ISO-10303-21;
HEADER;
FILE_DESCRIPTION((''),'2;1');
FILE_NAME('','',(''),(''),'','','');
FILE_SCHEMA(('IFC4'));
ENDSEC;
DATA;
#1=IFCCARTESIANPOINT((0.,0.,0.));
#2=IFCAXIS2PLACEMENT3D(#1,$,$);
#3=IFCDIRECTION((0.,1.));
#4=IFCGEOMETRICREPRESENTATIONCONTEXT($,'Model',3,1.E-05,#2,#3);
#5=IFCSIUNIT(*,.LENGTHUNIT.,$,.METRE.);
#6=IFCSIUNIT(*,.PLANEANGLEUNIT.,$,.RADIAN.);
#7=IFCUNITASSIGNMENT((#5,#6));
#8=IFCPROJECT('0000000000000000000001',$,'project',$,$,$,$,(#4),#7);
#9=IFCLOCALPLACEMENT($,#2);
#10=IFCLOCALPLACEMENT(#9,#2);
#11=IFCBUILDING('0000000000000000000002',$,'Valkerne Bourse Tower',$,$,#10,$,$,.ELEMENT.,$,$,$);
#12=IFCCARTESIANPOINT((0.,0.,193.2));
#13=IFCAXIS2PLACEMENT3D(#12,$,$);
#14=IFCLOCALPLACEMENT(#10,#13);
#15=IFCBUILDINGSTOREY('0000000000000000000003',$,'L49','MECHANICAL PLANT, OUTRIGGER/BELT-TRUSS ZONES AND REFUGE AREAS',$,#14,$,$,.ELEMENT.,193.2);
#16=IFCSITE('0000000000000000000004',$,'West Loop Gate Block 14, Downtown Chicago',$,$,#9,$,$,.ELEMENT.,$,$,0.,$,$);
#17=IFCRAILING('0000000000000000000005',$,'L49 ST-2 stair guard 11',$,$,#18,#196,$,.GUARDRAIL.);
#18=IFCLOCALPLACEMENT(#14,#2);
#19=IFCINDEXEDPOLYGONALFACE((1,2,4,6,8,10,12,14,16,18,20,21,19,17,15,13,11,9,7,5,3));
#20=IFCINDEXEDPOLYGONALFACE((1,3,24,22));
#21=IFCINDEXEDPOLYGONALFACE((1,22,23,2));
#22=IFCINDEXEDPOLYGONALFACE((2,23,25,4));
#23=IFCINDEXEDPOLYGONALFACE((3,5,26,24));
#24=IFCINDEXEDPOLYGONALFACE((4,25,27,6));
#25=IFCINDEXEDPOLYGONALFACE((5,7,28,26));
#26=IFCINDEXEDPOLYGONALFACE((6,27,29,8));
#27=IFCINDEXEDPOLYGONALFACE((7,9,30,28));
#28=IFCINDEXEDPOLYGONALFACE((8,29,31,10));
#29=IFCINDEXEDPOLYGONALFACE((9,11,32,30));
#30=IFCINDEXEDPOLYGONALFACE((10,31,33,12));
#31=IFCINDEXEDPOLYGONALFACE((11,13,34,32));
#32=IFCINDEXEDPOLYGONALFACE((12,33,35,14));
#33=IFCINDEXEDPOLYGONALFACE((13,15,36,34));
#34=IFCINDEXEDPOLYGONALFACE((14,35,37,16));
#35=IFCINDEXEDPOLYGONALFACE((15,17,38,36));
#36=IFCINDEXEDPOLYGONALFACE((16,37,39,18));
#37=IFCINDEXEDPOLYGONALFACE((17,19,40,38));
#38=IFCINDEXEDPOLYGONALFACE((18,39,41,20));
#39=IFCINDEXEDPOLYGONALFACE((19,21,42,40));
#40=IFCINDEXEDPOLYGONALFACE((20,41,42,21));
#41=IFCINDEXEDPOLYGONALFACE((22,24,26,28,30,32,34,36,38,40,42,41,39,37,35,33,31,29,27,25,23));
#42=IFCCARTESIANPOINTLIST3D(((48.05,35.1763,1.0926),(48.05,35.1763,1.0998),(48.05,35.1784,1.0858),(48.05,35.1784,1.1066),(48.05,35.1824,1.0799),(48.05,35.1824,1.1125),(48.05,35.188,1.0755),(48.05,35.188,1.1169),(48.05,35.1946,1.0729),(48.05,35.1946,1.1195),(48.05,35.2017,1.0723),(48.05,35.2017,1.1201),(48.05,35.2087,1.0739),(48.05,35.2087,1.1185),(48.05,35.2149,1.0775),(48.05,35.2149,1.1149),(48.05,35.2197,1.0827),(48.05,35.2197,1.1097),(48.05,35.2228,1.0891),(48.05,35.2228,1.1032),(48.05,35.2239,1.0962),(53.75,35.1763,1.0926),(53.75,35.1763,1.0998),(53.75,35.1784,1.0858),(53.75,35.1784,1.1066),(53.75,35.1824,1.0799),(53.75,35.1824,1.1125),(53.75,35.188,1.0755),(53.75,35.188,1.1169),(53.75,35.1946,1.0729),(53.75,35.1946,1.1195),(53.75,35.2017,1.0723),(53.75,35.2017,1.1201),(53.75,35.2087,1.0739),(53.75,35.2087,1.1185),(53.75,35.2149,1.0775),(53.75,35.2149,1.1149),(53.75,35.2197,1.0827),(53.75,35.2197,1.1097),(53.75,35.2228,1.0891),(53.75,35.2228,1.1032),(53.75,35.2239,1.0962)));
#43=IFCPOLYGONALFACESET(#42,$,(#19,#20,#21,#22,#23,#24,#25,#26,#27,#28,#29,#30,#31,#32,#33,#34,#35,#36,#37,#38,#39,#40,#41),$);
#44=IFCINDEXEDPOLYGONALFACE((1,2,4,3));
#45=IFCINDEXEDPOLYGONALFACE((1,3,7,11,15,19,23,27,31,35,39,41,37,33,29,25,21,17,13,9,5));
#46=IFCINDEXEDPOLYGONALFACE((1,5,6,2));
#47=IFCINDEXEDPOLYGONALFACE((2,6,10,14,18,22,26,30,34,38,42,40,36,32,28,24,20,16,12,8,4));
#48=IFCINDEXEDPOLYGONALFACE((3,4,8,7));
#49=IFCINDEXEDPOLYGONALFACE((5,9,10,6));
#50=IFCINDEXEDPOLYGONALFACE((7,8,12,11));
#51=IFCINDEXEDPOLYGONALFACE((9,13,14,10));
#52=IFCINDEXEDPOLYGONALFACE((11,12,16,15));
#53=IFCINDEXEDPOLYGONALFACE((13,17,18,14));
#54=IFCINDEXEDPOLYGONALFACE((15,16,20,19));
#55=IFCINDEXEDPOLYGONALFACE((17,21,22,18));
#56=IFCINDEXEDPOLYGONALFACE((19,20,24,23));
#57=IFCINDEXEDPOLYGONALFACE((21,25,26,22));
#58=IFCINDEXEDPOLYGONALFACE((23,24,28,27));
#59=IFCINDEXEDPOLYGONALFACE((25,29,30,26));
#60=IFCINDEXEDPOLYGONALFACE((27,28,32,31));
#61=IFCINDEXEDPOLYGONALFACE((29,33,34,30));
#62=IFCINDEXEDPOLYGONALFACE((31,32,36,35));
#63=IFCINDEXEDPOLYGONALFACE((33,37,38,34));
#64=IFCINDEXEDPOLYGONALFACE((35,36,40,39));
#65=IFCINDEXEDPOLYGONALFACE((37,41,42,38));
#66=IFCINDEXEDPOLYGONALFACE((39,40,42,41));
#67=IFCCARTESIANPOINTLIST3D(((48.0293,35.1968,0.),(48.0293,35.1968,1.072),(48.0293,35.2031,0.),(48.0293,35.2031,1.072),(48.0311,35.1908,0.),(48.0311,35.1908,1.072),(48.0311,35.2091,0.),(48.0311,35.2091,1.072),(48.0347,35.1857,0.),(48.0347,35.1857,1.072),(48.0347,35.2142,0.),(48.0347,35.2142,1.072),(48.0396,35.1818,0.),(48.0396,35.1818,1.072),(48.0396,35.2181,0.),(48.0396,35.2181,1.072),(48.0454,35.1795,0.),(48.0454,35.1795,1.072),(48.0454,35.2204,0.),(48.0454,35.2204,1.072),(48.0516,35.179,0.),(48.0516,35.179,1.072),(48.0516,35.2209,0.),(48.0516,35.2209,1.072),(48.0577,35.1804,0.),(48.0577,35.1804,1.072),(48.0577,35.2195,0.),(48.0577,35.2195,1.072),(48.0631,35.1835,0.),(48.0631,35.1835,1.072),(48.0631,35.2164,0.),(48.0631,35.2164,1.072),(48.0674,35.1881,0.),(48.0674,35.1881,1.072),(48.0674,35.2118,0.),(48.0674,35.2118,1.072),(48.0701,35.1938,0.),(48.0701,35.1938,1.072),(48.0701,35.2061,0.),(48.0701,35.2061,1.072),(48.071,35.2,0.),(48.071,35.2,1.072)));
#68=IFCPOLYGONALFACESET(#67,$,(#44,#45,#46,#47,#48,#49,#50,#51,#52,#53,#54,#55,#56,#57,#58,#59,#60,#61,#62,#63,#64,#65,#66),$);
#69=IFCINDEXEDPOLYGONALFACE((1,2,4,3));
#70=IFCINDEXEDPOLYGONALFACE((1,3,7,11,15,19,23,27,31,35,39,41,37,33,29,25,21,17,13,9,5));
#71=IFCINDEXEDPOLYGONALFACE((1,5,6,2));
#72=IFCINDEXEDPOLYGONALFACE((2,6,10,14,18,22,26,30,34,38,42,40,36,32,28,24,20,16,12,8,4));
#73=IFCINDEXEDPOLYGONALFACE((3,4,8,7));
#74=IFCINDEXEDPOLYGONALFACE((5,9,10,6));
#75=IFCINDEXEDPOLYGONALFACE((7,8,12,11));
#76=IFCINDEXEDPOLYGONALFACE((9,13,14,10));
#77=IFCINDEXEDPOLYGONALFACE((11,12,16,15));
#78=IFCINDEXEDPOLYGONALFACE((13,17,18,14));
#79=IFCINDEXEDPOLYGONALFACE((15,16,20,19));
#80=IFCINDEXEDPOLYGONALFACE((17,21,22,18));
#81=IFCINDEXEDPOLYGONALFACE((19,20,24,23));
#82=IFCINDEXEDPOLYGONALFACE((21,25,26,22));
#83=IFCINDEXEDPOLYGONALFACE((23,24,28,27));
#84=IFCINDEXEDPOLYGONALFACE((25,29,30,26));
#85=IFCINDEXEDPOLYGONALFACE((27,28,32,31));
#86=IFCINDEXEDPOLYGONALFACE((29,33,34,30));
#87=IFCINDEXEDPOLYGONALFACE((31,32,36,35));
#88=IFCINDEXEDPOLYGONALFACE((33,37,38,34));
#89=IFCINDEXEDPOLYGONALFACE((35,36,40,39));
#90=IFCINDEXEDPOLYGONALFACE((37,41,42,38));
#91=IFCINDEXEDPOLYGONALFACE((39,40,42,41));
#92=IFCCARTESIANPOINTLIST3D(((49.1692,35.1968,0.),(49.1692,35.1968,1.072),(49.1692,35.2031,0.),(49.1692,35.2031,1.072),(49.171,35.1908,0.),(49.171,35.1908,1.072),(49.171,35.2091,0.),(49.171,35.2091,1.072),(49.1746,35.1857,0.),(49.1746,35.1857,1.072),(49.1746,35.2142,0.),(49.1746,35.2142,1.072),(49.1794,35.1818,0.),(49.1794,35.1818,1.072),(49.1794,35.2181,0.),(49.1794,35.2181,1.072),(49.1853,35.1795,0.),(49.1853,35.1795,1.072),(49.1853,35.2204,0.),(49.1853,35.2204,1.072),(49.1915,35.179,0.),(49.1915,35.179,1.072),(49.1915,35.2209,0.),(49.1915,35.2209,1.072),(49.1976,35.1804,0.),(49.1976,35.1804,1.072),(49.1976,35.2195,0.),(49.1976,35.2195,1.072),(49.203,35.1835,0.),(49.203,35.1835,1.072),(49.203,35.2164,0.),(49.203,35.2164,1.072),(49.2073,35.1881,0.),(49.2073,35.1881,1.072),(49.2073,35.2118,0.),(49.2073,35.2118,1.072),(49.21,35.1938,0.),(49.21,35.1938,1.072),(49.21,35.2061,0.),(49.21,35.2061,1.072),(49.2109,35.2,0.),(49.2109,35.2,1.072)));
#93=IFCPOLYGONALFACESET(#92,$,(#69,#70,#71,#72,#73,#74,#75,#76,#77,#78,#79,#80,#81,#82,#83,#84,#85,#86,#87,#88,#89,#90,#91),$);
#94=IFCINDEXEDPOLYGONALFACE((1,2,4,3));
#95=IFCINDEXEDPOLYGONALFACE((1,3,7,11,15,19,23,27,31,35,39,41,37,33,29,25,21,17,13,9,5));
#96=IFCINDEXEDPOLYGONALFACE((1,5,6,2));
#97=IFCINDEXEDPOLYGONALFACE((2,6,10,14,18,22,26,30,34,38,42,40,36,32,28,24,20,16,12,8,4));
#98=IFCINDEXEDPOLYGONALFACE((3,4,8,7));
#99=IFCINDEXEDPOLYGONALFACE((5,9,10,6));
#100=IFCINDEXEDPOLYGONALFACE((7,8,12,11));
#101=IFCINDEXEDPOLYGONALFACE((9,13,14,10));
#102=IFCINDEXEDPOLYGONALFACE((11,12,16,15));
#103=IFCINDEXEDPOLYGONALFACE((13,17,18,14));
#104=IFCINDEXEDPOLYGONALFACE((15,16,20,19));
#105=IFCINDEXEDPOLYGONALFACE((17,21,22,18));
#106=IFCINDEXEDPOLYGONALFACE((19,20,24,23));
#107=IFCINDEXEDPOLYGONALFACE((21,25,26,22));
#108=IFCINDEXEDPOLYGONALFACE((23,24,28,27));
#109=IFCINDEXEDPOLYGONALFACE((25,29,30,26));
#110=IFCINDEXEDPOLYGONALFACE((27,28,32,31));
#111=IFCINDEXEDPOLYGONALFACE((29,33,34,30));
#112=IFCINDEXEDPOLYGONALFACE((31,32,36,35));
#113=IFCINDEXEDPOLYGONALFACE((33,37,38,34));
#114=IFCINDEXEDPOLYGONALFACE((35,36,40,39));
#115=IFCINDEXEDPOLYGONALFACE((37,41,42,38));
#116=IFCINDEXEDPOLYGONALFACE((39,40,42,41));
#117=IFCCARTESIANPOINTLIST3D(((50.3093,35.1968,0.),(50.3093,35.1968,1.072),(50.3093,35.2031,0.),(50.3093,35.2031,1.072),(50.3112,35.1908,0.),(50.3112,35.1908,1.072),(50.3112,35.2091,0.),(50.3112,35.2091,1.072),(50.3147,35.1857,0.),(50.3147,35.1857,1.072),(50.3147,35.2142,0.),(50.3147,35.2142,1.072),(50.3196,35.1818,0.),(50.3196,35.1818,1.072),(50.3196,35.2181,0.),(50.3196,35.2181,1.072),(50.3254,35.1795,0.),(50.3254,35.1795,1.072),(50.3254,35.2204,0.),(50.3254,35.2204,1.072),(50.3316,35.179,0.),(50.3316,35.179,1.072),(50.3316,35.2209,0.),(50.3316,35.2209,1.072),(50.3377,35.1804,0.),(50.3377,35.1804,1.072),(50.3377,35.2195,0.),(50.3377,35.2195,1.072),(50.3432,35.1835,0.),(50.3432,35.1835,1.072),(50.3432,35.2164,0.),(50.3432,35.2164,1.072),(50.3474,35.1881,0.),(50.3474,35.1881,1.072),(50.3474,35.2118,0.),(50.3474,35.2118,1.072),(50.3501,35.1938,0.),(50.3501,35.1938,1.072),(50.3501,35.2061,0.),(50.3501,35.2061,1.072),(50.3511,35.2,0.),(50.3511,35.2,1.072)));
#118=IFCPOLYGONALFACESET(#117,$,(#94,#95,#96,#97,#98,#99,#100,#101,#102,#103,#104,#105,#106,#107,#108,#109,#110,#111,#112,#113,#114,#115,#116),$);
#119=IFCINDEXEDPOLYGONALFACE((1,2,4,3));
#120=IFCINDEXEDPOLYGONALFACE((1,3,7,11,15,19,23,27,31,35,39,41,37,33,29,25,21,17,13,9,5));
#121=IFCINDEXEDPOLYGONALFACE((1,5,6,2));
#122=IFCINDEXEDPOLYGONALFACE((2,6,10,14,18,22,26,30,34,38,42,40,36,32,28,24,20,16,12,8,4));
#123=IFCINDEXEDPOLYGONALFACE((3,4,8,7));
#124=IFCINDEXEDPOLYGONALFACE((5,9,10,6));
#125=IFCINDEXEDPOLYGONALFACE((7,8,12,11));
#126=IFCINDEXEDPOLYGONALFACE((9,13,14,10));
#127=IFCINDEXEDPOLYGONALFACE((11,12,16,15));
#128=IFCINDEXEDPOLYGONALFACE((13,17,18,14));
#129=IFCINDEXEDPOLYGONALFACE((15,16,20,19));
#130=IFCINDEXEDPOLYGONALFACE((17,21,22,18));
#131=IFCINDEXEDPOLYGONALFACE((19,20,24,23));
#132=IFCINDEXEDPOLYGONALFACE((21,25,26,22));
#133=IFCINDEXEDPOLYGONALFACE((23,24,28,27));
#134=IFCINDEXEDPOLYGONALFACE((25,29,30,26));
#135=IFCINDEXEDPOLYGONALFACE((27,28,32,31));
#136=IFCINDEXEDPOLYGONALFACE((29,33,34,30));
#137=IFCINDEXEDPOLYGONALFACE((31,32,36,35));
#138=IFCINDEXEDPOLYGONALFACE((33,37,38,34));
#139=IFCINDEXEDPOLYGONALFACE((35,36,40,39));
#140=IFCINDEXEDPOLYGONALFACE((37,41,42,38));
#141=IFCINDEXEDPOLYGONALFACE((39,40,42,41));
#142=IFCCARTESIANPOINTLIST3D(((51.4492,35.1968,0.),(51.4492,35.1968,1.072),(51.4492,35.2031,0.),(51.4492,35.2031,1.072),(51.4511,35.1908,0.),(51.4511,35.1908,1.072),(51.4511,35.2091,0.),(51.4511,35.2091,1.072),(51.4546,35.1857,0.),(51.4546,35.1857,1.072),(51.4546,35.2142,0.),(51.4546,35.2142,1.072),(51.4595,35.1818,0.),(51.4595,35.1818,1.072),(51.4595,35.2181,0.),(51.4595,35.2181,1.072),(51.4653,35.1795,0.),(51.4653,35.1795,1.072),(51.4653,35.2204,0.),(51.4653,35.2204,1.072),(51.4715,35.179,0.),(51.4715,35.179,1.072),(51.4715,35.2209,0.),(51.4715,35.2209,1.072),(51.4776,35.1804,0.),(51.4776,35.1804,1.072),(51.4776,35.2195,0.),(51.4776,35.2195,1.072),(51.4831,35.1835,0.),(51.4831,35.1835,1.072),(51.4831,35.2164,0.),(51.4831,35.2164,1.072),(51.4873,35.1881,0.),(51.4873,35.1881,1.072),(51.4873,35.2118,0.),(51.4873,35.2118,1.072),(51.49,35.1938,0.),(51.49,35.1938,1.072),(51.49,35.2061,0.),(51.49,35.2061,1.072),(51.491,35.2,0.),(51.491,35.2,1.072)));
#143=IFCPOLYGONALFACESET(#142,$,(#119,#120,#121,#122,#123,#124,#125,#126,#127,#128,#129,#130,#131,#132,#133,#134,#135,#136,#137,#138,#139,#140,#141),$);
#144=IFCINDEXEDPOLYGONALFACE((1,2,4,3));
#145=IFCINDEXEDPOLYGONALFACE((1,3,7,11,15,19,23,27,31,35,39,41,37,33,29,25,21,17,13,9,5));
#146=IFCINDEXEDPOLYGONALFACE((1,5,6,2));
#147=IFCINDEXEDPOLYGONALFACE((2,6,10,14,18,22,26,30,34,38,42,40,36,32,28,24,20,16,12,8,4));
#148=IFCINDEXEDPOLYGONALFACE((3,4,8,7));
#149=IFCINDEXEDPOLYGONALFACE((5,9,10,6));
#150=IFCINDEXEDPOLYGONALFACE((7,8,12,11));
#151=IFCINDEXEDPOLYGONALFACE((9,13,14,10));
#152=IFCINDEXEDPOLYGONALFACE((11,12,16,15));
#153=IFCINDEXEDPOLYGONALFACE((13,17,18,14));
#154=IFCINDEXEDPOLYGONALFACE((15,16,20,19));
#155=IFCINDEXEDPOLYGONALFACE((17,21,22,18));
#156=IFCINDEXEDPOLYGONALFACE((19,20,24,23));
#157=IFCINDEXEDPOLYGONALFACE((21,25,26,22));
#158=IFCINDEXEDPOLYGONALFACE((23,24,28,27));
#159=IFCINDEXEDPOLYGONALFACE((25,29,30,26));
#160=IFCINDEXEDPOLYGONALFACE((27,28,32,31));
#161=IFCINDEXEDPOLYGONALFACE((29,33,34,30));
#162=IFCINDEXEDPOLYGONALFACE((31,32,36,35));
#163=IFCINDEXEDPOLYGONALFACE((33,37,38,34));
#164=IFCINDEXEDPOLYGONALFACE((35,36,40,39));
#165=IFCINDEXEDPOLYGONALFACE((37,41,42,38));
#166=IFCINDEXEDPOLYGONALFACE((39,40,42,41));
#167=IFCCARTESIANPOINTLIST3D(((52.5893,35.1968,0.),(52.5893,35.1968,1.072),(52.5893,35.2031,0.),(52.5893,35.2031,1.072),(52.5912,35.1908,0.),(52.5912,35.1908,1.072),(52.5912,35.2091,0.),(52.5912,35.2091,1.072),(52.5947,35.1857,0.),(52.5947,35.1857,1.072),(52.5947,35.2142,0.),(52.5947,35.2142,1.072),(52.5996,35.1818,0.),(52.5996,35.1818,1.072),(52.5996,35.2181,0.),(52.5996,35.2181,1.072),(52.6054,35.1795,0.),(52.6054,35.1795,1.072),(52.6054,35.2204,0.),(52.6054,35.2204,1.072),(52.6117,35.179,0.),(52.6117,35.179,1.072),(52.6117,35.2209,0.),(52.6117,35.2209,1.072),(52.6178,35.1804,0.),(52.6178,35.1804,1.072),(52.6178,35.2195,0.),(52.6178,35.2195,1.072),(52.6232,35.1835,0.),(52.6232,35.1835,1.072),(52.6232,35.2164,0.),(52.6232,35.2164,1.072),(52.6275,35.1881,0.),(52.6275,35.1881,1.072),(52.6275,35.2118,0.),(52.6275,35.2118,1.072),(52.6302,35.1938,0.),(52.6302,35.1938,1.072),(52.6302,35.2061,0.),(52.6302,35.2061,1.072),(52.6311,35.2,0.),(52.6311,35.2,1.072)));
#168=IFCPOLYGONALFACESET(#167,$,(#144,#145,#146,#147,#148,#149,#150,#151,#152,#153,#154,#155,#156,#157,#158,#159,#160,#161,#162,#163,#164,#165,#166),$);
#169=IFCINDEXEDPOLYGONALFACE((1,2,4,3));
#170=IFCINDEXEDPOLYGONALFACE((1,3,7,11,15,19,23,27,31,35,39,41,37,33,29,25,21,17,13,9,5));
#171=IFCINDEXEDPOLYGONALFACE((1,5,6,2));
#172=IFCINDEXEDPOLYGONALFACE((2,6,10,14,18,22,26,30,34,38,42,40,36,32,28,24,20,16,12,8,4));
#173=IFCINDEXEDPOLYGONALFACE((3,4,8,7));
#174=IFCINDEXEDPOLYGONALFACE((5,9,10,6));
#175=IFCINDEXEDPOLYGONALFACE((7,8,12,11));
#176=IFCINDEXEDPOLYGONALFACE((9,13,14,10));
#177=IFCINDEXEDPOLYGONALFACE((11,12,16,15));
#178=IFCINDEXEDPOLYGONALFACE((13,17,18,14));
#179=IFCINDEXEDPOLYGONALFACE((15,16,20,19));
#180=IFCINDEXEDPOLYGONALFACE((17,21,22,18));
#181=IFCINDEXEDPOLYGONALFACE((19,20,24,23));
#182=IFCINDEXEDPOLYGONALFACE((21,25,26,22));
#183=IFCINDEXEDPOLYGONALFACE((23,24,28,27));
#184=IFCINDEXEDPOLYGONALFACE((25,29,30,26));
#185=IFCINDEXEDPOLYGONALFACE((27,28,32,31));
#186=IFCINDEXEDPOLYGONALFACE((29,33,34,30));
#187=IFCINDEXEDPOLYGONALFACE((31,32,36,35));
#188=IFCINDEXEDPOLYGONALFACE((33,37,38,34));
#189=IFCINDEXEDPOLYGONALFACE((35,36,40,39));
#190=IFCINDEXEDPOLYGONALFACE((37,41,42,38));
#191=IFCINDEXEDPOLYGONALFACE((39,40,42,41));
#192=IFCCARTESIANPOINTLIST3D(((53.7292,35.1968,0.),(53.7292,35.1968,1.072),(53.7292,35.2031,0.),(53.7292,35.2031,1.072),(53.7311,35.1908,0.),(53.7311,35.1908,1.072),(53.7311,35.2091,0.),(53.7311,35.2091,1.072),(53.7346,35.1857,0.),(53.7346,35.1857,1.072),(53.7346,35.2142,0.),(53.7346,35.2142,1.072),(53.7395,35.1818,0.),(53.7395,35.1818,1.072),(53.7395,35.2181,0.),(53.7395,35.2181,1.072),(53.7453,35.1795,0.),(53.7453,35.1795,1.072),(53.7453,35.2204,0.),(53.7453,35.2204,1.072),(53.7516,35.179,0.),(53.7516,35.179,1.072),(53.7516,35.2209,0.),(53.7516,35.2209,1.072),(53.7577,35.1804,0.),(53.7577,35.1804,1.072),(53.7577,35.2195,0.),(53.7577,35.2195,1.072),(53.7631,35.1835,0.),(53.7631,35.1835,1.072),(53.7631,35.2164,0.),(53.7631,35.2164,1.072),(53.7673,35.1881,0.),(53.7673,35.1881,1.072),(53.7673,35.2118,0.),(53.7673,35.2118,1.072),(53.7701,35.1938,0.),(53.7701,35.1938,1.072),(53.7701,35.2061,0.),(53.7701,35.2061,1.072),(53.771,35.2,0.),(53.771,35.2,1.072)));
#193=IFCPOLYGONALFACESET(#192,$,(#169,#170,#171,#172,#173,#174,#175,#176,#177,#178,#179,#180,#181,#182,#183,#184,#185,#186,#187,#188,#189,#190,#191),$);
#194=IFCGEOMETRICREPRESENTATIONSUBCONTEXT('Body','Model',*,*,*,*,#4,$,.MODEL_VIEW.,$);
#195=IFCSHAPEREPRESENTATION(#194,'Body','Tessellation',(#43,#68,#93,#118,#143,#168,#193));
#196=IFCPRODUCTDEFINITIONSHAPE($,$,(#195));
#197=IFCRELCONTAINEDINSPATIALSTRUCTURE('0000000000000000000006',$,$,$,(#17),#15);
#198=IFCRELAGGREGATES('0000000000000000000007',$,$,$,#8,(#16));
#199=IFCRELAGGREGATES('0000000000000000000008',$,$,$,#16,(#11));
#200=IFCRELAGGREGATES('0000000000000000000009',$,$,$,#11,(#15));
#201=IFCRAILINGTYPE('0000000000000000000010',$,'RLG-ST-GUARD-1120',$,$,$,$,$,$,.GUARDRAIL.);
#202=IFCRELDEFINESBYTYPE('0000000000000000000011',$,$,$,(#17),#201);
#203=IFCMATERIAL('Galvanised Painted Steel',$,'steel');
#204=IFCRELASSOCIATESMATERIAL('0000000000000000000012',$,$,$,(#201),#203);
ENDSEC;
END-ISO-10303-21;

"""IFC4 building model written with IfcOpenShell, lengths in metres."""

from ifc_helpers import new_model, si_unit, direction, frame, origin, origin_2d, place, context, subcontext, project, spatial, circle, extrude, material, type_object, element, save


model = new_model("IFC4")

# Units and contexts
model_context = context("Model", 3, precision=1e-05, world=origin(), true_north=direction((0.0, 1.0)))
body_context = subcontext(model_context, "Body", "Model", "MODEL_VIEW")
ifc_project = project(units=[si_unit("LENGTHUNIT", "METRE"), si_unit("PLANEANGLEUNIT", "RADIAN")], contexts=[model_context])

# Site, building, storey
site_placement = place(None, origin())
site = spatial("IfcSite", under=ifc_project, at=site_placement, Name="West Loop Gate Block 14, Downtown Chicago", CompositionType="ELEMENT", RefElevation=0.0)
building_placement = place(site_placement, origin())
building = spatial("IfcBuilding", under=site, at=building_placement, Name="Valkerne Bourse Tower", CompositionType="ELEMENT")
storey_placement = place(building_placement, frame((0.0, 0.0, 193.2)))
storey = spatial("IfcBuildingStorey", under=building, at=storey_placement, Name="L49", Description="MECHANICAL PLANT, OUTRIGGER/BELT-TRUSS ZONES AND REFUGE AREAS", CompositionType="ELEMENT", Elevation=193.2)

# Shared definitions
ifc_material_1 = material(Name="Galvanised Painted Steel", Category="steel")

# Railing
railing_type_1 = type_object("IfcRailingType", Name="RLG-ST-GUARD-1120", PredefinedType="GUARDRAIL", material=ifc_material_1)
for number, where, name in (
    (1, (48.05, 35.2, 0.0), "L49 ST-2 stair guard 11"),
):
    element("IfcRailing", number, at=place(storey_placement, frame(where)), inside=storey, type_object=railing_type_1, Name=name, PredefinedType="GUARDRAIL", context=body_context, shape_type="SweptSolid", body=[
        extrude(circle(Radius=0.0239, at=origin_2d()), frame((0.0, 0.0, 1.0962), z_axis=(1.0, 0.0, 0.0), x_axis=(0.0, 1.0, 0.0)), (0.0, 0.0, 1.0), 5.7),
        extrude(circle(Radius=0.021, at=origin_2d()), origin(), (0.0, 0.0, 1.0), 1.072),
        extrude(circle(Radius=0.021, at=origin_2d()), frame((1.1399, 0.0, 0.0)), (0.0, 0.0, 1.0), 1.072),
        extrude(circle(Radius=0.021, at=origin_2d()), frame((2.28, 0.0, 0.0)), (0.0, 0.0, 1.0), 1.072),
        extrude(circle(Radius=0.021, at=origin_2d()), frame((3.4199, 0.0, 0.0)), (0.0, 0.0, 1.0), 1.072),
        extrude(circle(Radius=0.021, at=origin_2d()), frame((4.5601, 0.0, 0.0)), (0.0, 0.0, 1.0), 1.072),
        extrude(circle(Radius=0.021, at=origin_2d()), frame((5.7, 0.0, 0.0)), (0.0, 0.0, 1.0), 1.072),
    ])

save(model, "model.ifc")
